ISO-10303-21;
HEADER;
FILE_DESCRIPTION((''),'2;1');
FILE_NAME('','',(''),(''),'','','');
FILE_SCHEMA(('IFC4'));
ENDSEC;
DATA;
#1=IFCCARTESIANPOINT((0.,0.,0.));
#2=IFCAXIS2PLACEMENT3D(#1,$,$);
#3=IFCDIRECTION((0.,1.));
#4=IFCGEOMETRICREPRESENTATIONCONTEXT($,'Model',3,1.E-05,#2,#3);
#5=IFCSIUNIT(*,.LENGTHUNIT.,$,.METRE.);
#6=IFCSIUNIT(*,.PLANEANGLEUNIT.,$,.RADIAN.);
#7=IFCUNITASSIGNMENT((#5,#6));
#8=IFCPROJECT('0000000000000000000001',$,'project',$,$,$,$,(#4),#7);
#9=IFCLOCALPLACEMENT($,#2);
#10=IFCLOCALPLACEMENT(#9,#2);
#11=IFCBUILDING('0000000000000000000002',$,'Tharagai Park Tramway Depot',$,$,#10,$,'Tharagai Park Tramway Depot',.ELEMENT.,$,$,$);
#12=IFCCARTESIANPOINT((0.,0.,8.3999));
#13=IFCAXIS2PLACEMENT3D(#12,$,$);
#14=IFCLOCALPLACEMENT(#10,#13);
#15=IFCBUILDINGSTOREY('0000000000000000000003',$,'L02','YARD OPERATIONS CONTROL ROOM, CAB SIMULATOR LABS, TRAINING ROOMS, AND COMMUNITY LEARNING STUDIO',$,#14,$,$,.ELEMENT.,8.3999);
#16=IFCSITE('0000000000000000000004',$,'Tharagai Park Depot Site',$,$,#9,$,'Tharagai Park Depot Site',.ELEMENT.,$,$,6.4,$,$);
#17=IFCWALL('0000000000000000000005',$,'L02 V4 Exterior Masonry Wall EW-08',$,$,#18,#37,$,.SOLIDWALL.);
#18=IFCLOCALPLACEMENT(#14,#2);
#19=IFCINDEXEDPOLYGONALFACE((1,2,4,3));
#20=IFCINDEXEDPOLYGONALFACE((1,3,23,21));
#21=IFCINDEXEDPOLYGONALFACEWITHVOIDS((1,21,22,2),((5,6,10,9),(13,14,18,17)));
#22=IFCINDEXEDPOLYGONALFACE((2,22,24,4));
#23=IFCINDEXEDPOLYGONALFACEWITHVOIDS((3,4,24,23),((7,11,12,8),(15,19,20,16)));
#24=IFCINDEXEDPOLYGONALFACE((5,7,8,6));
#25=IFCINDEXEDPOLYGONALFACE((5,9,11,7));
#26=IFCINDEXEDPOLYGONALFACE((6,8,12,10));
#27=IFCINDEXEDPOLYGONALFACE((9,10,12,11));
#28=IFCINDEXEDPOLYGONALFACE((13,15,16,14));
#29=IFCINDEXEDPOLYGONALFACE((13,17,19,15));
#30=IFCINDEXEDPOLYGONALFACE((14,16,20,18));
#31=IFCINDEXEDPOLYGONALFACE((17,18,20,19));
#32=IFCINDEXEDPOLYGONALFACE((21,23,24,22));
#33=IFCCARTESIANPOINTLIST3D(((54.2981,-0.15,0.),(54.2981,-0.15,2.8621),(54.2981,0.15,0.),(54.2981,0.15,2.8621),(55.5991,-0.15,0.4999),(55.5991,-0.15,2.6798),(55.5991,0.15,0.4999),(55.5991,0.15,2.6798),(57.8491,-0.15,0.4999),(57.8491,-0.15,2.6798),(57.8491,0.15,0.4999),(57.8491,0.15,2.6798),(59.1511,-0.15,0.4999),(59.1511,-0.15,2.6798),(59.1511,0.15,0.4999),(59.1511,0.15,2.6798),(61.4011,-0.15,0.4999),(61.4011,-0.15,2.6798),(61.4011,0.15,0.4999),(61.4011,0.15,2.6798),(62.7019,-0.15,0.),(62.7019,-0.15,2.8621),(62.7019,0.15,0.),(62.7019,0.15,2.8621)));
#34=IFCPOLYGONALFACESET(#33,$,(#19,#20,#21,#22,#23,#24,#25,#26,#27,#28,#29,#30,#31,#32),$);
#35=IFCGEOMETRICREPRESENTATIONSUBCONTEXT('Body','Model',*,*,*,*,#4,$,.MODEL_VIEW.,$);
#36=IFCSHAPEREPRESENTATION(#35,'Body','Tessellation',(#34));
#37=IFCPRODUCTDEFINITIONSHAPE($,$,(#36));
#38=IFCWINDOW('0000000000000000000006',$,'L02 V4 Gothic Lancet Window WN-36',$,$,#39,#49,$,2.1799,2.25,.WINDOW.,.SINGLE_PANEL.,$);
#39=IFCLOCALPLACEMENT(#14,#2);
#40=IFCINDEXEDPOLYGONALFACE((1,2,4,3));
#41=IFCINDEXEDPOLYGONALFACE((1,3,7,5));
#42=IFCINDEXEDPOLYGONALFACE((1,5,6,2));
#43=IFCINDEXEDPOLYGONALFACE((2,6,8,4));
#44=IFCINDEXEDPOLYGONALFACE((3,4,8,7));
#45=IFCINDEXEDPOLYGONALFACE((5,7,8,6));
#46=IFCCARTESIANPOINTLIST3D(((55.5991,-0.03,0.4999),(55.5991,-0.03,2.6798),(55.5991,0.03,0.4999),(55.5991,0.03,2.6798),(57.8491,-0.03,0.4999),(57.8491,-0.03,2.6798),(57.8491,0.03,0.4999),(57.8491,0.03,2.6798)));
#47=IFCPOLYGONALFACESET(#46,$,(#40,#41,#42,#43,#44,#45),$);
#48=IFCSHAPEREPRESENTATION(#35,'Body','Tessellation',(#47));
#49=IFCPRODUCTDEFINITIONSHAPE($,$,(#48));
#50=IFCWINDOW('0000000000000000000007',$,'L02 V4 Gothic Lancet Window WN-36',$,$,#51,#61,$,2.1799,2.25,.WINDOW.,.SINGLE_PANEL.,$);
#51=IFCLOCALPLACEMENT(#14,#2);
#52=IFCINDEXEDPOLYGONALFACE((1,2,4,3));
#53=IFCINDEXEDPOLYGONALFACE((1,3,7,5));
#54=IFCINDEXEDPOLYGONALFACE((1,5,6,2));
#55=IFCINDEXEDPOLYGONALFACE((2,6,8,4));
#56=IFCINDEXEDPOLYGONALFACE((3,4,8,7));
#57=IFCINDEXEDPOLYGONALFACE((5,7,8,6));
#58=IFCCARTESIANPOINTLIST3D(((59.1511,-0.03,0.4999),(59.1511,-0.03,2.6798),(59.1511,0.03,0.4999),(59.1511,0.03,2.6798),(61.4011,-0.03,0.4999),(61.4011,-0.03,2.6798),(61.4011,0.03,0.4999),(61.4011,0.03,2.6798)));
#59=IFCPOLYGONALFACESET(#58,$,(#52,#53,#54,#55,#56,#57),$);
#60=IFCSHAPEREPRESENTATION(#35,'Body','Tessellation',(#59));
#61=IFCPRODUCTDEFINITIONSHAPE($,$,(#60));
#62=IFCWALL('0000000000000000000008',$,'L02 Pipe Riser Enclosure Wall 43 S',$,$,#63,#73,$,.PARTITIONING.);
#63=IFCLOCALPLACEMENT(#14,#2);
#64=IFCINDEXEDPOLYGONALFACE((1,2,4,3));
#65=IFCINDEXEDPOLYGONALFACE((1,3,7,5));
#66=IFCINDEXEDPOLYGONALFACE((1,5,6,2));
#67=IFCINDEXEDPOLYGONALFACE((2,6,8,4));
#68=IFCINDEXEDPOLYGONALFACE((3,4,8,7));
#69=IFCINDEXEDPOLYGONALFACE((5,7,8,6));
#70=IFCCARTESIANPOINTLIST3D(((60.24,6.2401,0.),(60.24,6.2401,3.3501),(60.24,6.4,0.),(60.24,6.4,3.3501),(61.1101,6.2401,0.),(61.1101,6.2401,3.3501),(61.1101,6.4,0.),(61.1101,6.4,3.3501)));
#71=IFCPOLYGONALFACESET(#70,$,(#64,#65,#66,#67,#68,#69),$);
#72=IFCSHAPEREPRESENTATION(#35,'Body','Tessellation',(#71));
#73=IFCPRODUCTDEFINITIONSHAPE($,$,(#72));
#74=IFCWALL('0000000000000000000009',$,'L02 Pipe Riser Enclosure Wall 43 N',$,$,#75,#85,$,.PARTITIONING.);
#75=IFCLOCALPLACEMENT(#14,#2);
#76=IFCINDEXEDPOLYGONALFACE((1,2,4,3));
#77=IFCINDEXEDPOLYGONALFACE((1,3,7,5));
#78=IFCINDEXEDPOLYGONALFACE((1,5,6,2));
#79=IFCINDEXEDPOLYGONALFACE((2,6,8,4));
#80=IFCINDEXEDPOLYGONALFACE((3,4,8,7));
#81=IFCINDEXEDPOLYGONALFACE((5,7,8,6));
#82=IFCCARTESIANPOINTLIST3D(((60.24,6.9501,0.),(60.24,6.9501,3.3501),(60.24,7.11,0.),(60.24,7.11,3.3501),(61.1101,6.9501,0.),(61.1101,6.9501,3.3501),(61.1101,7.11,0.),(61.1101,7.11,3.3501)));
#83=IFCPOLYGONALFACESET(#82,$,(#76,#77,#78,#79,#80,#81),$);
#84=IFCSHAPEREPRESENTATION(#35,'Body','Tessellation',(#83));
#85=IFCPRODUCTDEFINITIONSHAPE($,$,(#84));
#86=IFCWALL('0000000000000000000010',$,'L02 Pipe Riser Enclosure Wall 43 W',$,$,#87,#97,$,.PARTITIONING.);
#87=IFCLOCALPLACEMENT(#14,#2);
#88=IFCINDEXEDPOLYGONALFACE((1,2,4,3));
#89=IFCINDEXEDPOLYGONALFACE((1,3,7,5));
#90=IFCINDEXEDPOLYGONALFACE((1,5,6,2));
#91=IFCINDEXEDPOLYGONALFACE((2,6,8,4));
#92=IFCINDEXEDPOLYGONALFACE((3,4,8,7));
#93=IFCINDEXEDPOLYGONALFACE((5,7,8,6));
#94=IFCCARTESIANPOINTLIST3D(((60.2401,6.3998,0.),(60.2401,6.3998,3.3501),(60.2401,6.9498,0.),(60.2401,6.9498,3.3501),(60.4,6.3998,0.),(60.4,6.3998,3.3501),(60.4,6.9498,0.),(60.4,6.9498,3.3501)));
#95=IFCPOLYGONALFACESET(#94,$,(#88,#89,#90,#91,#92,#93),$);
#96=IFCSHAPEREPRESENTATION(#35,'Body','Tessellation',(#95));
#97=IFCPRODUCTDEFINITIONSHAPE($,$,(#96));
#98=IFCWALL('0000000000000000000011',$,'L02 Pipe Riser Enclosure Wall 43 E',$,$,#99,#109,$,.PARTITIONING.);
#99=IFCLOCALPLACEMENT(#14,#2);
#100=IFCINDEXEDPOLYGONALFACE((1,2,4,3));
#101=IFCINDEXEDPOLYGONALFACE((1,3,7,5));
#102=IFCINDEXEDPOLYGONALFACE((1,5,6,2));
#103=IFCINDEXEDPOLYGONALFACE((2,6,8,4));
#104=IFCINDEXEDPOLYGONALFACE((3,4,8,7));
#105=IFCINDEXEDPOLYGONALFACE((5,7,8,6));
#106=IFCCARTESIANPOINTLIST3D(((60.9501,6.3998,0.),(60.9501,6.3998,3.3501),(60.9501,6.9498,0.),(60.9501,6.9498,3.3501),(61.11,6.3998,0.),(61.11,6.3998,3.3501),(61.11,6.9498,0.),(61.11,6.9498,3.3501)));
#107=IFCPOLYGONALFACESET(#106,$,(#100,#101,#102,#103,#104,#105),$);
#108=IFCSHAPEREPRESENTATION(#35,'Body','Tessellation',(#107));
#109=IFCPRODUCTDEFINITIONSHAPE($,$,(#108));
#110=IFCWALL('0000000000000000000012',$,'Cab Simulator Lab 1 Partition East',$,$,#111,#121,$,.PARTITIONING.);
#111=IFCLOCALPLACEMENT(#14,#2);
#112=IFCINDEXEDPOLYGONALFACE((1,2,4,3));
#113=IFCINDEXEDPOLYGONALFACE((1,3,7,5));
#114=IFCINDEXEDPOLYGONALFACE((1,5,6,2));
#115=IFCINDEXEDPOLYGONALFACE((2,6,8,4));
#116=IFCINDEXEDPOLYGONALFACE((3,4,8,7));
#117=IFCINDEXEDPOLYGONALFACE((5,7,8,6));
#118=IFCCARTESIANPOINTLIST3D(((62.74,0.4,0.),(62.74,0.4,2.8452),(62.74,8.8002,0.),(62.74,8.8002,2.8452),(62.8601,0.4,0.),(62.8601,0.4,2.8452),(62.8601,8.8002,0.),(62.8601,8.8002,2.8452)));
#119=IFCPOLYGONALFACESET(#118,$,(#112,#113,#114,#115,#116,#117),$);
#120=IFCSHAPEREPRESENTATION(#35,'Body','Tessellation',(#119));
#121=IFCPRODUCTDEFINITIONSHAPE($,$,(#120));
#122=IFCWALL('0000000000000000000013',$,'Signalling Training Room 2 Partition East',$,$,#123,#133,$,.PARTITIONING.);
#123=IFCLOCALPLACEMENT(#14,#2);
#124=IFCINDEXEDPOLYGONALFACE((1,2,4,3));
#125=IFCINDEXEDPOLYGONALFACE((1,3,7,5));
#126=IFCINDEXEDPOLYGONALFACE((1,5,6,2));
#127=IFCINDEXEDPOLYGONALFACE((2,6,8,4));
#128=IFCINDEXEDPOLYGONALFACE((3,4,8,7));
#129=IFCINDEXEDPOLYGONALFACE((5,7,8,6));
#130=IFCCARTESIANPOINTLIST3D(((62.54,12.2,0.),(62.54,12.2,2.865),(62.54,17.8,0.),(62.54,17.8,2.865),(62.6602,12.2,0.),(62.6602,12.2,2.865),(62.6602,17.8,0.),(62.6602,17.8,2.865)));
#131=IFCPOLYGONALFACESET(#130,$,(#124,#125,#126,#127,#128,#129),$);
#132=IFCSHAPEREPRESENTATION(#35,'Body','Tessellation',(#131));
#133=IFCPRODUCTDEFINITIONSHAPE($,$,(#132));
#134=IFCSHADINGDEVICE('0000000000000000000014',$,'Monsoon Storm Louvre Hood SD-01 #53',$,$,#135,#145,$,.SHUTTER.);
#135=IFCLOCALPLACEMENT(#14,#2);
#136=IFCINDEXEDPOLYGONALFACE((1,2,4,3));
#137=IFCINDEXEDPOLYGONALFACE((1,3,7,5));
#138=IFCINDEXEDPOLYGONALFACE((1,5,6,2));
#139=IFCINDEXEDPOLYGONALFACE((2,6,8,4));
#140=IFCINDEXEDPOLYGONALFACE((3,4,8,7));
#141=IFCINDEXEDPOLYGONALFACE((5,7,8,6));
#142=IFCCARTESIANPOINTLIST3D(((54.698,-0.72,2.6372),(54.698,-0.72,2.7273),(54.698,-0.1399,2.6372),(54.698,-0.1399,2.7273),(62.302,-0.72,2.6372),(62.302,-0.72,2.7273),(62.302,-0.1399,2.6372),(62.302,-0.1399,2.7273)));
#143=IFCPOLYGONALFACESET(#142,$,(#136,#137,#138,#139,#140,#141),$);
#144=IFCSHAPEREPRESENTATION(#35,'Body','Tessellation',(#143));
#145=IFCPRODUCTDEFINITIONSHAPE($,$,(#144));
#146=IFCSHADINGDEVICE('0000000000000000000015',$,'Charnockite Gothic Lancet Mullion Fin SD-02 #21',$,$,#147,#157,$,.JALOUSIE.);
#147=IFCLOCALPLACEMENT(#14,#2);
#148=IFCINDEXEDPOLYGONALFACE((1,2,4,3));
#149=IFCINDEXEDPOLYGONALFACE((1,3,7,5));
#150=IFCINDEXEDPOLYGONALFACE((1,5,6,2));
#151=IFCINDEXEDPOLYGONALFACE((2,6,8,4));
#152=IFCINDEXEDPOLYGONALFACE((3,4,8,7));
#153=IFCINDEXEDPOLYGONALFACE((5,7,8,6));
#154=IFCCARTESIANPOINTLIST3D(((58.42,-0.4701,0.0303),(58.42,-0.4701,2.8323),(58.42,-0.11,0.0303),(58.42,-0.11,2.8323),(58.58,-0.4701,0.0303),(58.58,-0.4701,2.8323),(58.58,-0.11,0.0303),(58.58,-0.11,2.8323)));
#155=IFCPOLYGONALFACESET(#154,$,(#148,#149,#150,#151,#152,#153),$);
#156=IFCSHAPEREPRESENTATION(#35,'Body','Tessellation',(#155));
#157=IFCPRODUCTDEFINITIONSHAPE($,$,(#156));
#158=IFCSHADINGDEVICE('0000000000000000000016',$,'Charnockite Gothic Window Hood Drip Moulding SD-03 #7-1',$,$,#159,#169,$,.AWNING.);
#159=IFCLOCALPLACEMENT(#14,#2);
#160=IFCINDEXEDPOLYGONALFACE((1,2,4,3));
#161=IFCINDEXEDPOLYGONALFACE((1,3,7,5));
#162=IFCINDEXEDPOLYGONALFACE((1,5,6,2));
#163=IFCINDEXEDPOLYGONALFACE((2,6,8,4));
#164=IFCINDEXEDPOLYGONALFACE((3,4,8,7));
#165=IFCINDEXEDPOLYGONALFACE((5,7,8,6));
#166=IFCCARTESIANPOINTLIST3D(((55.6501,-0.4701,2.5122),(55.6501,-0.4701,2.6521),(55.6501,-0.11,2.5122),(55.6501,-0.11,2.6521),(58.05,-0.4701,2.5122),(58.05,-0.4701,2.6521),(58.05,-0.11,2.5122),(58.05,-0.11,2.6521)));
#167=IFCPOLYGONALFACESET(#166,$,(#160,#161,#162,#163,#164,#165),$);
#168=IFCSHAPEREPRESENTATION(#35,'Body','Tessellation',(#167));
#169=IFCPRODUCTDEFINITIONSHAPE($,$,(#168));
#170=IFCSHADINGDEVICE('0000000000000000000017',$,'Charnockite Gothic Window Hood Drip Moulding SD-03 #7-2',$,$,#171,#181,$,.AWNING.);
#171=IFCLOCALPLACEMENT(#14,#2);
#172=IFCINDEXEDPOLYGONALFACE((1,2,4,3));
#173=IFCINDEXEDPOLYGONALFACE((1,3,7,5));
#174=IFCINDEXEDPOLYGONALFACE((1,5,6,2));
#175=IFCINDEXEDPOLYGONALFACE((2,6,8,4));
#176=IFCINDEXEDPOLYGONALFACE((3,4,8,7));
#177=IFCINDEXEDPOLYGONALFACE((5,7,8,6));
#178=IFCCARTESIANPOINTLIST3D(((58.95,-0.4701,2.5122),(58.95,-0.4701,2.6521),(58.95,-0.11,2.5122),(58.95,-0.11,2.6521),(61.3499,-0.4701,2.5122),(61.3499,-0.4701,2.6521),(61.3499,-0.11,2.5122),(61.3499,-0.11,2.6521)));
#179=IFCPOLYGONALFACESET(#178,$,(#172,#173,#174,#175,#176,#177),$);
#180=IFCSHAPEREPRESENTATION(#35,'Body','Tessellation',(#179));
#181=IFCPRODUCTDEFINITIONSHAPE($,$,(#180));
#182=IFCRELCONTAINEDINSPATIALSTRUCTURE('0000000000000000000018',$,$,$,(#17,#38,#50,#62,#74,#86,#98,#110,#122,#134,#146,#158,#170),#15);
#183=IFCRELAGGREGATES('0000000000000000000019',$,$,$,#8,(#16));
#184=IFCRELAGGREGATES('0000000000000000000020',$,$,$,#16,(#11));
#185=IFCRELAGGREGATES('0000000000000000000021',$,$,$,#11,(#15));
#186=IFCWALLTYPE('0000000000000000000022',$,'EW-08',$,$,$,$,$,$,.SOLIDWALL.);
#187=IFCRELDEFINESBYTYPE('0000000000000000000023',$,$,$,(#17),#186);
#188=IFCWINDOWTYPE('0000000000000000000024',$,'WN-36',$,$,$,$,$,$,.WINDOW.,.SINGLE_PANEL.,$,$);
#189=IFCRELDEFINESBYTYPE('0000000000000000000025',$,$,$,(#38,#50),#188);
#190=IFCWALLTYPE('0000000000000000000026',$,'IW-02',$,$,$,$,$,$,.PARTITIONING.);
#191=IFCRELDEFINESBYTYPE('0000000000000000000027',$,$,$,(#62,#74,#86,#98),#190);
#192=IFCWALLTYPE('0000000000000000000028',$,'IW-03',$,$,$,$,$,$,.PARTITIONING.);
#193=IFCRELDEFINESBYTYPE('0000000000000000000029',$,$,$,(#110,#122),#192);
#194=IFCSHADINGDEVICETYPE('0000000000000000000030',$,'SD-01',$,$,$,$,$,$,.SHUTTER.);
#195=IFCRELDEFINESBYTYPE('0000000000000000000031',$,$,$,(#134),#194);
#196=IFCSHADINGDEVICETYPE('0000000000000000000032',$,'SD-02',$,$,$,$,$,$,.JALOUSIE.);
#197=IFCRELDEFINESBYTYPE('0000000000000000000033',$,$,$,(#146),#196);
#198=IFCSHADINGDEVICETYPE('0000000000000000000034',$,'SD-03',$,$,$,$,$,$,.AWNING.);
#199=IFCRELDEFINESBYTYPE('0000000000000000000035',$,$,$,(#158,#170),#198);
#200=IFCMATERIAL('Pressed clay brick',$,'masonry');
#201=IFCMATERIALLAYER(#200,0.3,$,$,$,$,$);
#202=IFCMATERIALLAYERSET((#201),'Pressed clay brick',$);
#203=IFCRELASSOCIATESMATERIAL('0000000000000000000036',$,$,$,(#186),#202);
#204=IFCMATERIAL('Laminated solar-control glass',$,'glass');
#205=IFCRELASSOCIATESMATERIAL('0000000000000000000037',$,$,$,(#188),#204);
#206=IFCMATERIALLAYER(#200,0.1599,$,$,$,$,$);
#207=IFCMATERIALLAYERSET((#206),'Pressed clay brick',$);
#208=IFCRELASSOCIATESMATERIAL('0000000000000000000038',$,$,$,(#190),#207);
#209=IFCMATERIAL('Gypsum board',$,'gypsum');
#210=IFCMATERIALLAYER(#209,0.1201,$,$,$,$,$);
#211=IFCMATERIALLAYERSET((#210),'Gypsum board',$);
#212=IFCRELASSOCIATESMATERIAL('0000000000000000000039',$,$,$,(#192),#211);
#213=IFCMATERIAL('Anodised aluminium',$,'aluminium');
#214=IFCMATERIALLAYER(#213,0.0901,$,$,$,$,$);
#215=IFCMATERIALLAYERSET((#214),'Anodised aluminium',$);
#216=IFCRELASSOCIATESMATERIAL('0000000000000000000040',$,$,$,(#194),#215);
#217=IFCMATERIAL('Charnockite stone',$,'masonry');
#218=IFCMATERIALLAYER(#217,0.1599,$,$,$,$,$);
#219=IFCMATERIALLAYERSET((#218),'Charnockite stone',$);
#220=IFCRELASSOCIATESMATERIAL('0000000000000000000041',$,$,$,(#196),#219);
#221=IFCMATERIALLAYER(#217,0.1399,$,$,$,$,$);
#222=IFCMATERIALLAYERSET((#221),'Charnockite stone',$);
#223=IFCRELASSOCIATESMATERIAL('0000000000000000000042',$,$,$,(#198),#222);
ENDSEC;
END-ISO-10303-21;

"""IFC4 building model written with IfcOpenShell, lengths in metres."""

from ifc_helpers import new_model, si_unit, direction, frame, frame_2d, origin, origin_2d, place, context, subcontext, project, spatial, rectangle, extrude, material, layer, layer_set, type_object, element, fill, save


model = new_model("IFC4")

# Units and contexts
model_context = context("Model", 3, precision=1e-05, world=origin(), true_north=direction((0.0, 1.0)))
body_context = subcontext(model_context, "Body", "Model", "MODEL_VIEW")
ifc_project = project(units=[si_unit("LENGTHUNIT", "METRE"), si_unit("PLANEANGLEUNIT", "RADIAN")], contexts=[model_context])

# Site, building, storey
site_placement = place(None, origin())
site = spatial("IfcSite", under=ifc_project, at=site_placement, Name="Tharagai Park Depot Site", LongName="Tharagai Park Depot Site", CompositionType="ELEMENT", RefElevation=6.4)
building_placement = place(site_placement, origin())
building = spatial("IfcBuilding", under=site, at=building_placement, Name="Tharagai Park Tramway Depot", LongName="Tharagai Park Tramway Depot", CompositionType="ELEMENT")
storey_placement = place(building_placement, frame((0.0, 0.0, 8.3999)))
storey = spatial("IfcBuildingStorey", under=building, at=storey_placement, Name="L02", Description="YARD OPERATIONS CONTROL ROOM, CAB SIMULATOR LABS, TRAINING ROOMS, AND COMMUNITY LEARNING STUDIO", CompositionType="ELEMENT", Elevation=8.3999)

# Shared definitions
ifc_material_1 = material(Name="Anodised aluminium", Category="aluminium")

# Wall, openings, windows
ifc_material_2 = material(Name="Pressed clay brick", Category="masonry")
ifc_layer_1 = layer(ifc_material_2, 0.3)
ifc_layer_set_1 = layer_set([ifc_layer_1], Name="Pressed clay brick")
wall_type_1 = type_object("IfcWallType", Name="EW-08", PredefinedType="SOLIDWALL", material=ifc_layer_set_1)
wall_1_placement = place(storey_placement, frame((54.2981, 0.0, 0.0), z_axis=(0.0, 0.0, 1.0), x_axis=(1.0, 0.0, 0.0)))
wall_1 = element("IfcWall", 1, at=wall_1_placement, inside=storey, type_object=wall_type_1, Name="L02 V4 Exterior Masonry Wall EW-08", PredefinedType="SOLIDWALL", context=body_context, shape_type="SweptSolid", body=[
    extrude(rectangle(XDim=8.4038, YDim=0.3, at=frame_2d((4.2019, 0.0))), origin(), (0.0, 0.0, 1.0), 2.8621),
])
opening_1_placement = place(wall_1_placement, frame((1.301, 0.0, 0.5)))
opening_1 = element("IfcOpeningElement", 2, at=opening_1_placement, cuts=wall_1, PredefinedType="OPENING", context=body_context, shape_type="SweptSolid", body=[
    extrude(rectangle(XDim=2.25, YDim=2.1799, at=frame_2d((1.125, 1.0898))), frame((0.0, 0.1599, 0.0), z_axis=(0.0, -1.0, 0.0), x_axis=(1.0, 0.0, 0.0)), (0.0, 0.0, 1.0), 0.3201),
])
opening_2_placement = place(wall_1_placement, frame((4.853, 0.0, 0.5)))
opening_2 = element("IfcOpeningElement", 3, at=opening_2_placement, cuts=wall_1, PredefinedType="OPENING", context=body_context, shape_type="SweptSolid", body=[
    extrude(rectangle(XDim=2.25, YDim=2.1799, at=frame_2d((1.125, 1.0898))), frame((0.0, 0.1599, 0.0), z_axis=(0.0, -1.0, 0.0), x_axis=(1.0, 0.0, 0.0)), (0.0, 0.0, 1.0), 0.3201),
])
ifc_material_3 = material(Name="Laminated solar-control glass", Category="glass")
window_type = type_object("IfcWindowType", Name="WN-36", PartitioningType="SINGLE_PANEL", PredefinedType="WINDOW", material=ifc_material_3)
window_1_placement = place(opening_1_placement, origin())
window_1 = element("IfcWindow", 4, at=window_1_placement, inside=storey, type_object=window_type, Name="L02 V4 Gothic Lancet Window WN-36", OverallHeight=2.1799, OverallWidth=2.25, PartitioningType="SINGLE_PANEL", PredefinedType="WINDOW", context=body_context, shape_type="SweptSolid", body=[
    extrude(rectangle(XDim=2.25, YDim=2.1799, at=frame_2d((1.125, 1.0898))), frame((0.0, 0.03, 0.0), z_axis=(0.0, -1.0, 0.0), x_axis=(1.0, 0.0, 0.0)), (0.0, 0.0, 1.0), 0.0601),
])
fill(opening_1, window_1)
window_2_placement = place(opening_2_placement, origin())
window_2 = element("IfcWindow", 5, at=window_2_placement, inside=storey, type_object=window_type, Name="L02 V4 Gothic Lancet Window WN-36", OverallHeight=2.1799, OverallWidth=2.25, PartitioningType="SINGLE_PANEL", PredefinedType="WINDOW", context=body_context, shape_type="SweptSolid", body=[
    extrude(rectangle(XDim=2.25, YDim=2.1799, at=frame_2d((1.125, 1.0898))), frame((0.0, 0.03, 0.0), z_axis=(0.0, -1.0, 0.0), x_axis=(1.0, 0.0, 0.0)), (0.0, 0.0, 1.0), 0.0601),
])
fill(opening_2, window_2)

# Walls
ifc_layer_2 = layer(ifc_material_2, 0.1599)
ifc_layer_set_2 = layer_set([ifc_layer_2], Name="Pressed clay brick")
wall_type_2 = type_object("IfcWallType", Name="IW-02", PredefinedType="PARTITIONING", material=ifc_layer_set_2)
for number, where, z_axis, x_axis, name in (
    (6, (60.24, 6.3201, 0.0), (0.0, 0.0, 1.0), (1.0, 0.0, 0.0), "L02 Pipe Riser Enclosure Wall 43 S"),
    (7, (60.24, 7.03, 0.0), (0.0, 0.0, 1.0), (1.0, 0.0, 0.0), "L02 Pipe Riser Enclosure Wall 43 N"),
):
    element("IfcWall", number, at=place(storey_placement, frame(where, z_axis=z_axis, x_axis=x_axis)), inside=storey, type_object=wall_type_2, Name=name, PredefinedType="PARTITIONING", context=body_context, shape_type="SweptSolid", body=[
        extrude(rectangle(XDim=0.8701, YDim=0.1599, at=frame_2d((0.4351, 0.0))), origin(), (0.0, 0.0, 1.0), 3.3501),
    ])
for number, where, z_axis, x_axis, name in (
    (8, (60.3201, 6.3999, 0.0), (0.0, 0.0, 1.0), (0.0, 1.0, 0.0), "L02 Pipe Riser Enclosure Wall 43 W"),
    (9, (61.03, 6.3999, 0.0), (0.0, 0.0, 1.0), (0.0, 1.0, 0.0), "L02 Pipe Riser Enclosure Wall 43 E"),
):
    element("IfcWall", number, at=place(storey_placement, frame(where, z_axis=z_axis, x_axis=x_axis)), inside=storey, type_object=wall_type_2, Name=name, PredefinedType="PARTITIONING", context=body_context, shape_type="SweptSolid", body=[
        extrude(rectangle(XDim=0.55, YDim=0.1599, at=frame_2d((0.2749, 0.0))), origin(), (0.0, 0.0, 1.0), 3.3501),
    ])
ifc_material_4 = material(Name="Gypsum board", Category="gypsum")
ifc_layer_3 = layer(ifc_material_4, 0.1201)
ifc_layer_set_3 = layer_set([ifc_layer_3], Name="Gypsum board")
wall_type_3 = type_object("IfcWallType", Name="IW-03", PredefinedType="PARTITIONING", material=ifc_layer_set_3)
wall_2_placement = place(storey_placement, frame((62.8, 0.3999, 0.0), z_axis=(0.0, 0.0, 1.0), x_axis=(0.0, 1.0, 0.0)))
element("IfcWall", 10, at=wall_2_placement, inside=storey, type_object=wall_type_3, Name="Cab Simulator Lab 1 Partition East", PredefinedType="PARTITIONING", context=body_context, shape_type="SweptSolid", body=[
    extrude(rectangle(XDim=8.4001, YDim=0.1201, at=frame_2d((4.2002, 0.0))), origin(), (0.0, 0.0, 1.0), 2.8452),
])
wall_3_placement = place(storey_placement, frame((62.6001, 12.2, 0.0), z_axis=(0.0, 0.0, 1.0), x_axis=(0.0, 1.0, 0.0)))
element("IfcWall", 11, at=wall_3_placement, inside=storey, type_object=wall_type_3, Name="Signalling Training Room 2 Partition East", PredefinedType="PARTITIONING", context=body_context, shape_type="SweptSolid", body=[
    extrude(rectangle(XDim=5.6001, YDim=0.1201, at=frame_2d((2.8, 0.0))), origin(), (0.0, 0.0, 1.0), 2.865),
])

# Shading devices
ifc_layer_4 = layer(ifc_material_1, 0.0901)
ifc_layer_set_4 = layer_set([ifc_layer_4], Name="Anodised aluminium")
shading_device_type_1 = type_object("IfcShadingDeviceType", Name="SD-01", PredefinedType="SHUTTER", material=ifc_layer_set_4)
shading_device_1_placement = place(storey_placement, frame((58.5, -0.4299, 2.6372), z_axis=(0.0, 0.0, 1.0), x_axis=(1.0, 0.0, 0.0)))
element("IfcShadingDevice", 12, at=shading_device_1_placement, inside=storey, type_object=shading_device_type_1, Name="Monsoon Storm Louvre Hood SD-01 #53", PredefinedType="SHUTTER", context=body_context, shape_type="SweptSolid", body=[
    extrude(rectangle(XDim=7.604, YDim=0.5801, at=origin_2d()), origin(), (0.0, 0.0, 1.0), 0.0901),
])
ifc_material_5 = material(Name="Charnockite stone", Category="masonry")
ifc_layer_5 = layer(ifc_material_5, 0.1599)
ifc_layer_set_5 = layer_set([ifc_layer_5], Name="Charnockite stone")
shading_device_type_2 = type_object("IfcShadingDeviceType", Name="SD-02", PredefinedType="JALOUSIE", material=ifc_layer_set_5)
shading_device_2_placement = place(storey_placement, frame((58.5, -0.29, 0.0303), z_axis=(0.0, 0.0, 1.0), x_axis=(1.0, 0.0, 0.0)))
element("IfcShadingDevice", 13, at=shading_device_2_placement, inside=storey, type_object=shading_device_type_2, Name="Charnockite Gothic Lancet Mullion Fin SD-02 #21", PredefinedType="JALOUSIE", context=body_context, shape_type="SweptSolid", body=[
    extrude(rectangle(XDim=0.1599, YDim=0.3601, at=origin_2d()), origin(), (0.0, 0.0, 1.0), 2.802),
])
ifc_layer_6 = layer(ifc_material_5, 0.1399)
ifc_layer_set_6 = layer_set([ifc_layer_6], Name="Charnockite stone")
shading_device_type_3 = type_object("IfcShadingDeviceType", Name="SD-03", PredefinedType="AWNING", material=ifc_layer_set_6)
for number, where, z_axis, x_axis, name in (
    (14, (56.8501, -0.29, 2.5122), (0.0, 0.0, 1.0), (1.0, 0.0, 0.0), "Charnockite Gothic Window Hood Drip Moulding SD-03 #7-1"),
    (15, (60.1499, -0.29, 2.5122), (0.0, 0.0, 1.0), (1.0, 0.0, 0.0), "Charnockite Gothic Window Hood Drip Moulding SD-03 #7-2"),
):
    element("IfcShadingDevice", number, at=place(storey_placement, frame(where, z_axis=z_axis, x_axis=x_axis)), inside=storey, type_object=shading_device_type_3, Name=name, PredefinedType="AWNING", context=body_context, shape_type="SweptSolid", body=[
        extrude(rectangle(XDim=2.3999, YDim=0.3601, at=origin_2d()), origin(), (0.0, 0.0, 1.0), 0.1399),
    ])

save(model, "model.ifc")
